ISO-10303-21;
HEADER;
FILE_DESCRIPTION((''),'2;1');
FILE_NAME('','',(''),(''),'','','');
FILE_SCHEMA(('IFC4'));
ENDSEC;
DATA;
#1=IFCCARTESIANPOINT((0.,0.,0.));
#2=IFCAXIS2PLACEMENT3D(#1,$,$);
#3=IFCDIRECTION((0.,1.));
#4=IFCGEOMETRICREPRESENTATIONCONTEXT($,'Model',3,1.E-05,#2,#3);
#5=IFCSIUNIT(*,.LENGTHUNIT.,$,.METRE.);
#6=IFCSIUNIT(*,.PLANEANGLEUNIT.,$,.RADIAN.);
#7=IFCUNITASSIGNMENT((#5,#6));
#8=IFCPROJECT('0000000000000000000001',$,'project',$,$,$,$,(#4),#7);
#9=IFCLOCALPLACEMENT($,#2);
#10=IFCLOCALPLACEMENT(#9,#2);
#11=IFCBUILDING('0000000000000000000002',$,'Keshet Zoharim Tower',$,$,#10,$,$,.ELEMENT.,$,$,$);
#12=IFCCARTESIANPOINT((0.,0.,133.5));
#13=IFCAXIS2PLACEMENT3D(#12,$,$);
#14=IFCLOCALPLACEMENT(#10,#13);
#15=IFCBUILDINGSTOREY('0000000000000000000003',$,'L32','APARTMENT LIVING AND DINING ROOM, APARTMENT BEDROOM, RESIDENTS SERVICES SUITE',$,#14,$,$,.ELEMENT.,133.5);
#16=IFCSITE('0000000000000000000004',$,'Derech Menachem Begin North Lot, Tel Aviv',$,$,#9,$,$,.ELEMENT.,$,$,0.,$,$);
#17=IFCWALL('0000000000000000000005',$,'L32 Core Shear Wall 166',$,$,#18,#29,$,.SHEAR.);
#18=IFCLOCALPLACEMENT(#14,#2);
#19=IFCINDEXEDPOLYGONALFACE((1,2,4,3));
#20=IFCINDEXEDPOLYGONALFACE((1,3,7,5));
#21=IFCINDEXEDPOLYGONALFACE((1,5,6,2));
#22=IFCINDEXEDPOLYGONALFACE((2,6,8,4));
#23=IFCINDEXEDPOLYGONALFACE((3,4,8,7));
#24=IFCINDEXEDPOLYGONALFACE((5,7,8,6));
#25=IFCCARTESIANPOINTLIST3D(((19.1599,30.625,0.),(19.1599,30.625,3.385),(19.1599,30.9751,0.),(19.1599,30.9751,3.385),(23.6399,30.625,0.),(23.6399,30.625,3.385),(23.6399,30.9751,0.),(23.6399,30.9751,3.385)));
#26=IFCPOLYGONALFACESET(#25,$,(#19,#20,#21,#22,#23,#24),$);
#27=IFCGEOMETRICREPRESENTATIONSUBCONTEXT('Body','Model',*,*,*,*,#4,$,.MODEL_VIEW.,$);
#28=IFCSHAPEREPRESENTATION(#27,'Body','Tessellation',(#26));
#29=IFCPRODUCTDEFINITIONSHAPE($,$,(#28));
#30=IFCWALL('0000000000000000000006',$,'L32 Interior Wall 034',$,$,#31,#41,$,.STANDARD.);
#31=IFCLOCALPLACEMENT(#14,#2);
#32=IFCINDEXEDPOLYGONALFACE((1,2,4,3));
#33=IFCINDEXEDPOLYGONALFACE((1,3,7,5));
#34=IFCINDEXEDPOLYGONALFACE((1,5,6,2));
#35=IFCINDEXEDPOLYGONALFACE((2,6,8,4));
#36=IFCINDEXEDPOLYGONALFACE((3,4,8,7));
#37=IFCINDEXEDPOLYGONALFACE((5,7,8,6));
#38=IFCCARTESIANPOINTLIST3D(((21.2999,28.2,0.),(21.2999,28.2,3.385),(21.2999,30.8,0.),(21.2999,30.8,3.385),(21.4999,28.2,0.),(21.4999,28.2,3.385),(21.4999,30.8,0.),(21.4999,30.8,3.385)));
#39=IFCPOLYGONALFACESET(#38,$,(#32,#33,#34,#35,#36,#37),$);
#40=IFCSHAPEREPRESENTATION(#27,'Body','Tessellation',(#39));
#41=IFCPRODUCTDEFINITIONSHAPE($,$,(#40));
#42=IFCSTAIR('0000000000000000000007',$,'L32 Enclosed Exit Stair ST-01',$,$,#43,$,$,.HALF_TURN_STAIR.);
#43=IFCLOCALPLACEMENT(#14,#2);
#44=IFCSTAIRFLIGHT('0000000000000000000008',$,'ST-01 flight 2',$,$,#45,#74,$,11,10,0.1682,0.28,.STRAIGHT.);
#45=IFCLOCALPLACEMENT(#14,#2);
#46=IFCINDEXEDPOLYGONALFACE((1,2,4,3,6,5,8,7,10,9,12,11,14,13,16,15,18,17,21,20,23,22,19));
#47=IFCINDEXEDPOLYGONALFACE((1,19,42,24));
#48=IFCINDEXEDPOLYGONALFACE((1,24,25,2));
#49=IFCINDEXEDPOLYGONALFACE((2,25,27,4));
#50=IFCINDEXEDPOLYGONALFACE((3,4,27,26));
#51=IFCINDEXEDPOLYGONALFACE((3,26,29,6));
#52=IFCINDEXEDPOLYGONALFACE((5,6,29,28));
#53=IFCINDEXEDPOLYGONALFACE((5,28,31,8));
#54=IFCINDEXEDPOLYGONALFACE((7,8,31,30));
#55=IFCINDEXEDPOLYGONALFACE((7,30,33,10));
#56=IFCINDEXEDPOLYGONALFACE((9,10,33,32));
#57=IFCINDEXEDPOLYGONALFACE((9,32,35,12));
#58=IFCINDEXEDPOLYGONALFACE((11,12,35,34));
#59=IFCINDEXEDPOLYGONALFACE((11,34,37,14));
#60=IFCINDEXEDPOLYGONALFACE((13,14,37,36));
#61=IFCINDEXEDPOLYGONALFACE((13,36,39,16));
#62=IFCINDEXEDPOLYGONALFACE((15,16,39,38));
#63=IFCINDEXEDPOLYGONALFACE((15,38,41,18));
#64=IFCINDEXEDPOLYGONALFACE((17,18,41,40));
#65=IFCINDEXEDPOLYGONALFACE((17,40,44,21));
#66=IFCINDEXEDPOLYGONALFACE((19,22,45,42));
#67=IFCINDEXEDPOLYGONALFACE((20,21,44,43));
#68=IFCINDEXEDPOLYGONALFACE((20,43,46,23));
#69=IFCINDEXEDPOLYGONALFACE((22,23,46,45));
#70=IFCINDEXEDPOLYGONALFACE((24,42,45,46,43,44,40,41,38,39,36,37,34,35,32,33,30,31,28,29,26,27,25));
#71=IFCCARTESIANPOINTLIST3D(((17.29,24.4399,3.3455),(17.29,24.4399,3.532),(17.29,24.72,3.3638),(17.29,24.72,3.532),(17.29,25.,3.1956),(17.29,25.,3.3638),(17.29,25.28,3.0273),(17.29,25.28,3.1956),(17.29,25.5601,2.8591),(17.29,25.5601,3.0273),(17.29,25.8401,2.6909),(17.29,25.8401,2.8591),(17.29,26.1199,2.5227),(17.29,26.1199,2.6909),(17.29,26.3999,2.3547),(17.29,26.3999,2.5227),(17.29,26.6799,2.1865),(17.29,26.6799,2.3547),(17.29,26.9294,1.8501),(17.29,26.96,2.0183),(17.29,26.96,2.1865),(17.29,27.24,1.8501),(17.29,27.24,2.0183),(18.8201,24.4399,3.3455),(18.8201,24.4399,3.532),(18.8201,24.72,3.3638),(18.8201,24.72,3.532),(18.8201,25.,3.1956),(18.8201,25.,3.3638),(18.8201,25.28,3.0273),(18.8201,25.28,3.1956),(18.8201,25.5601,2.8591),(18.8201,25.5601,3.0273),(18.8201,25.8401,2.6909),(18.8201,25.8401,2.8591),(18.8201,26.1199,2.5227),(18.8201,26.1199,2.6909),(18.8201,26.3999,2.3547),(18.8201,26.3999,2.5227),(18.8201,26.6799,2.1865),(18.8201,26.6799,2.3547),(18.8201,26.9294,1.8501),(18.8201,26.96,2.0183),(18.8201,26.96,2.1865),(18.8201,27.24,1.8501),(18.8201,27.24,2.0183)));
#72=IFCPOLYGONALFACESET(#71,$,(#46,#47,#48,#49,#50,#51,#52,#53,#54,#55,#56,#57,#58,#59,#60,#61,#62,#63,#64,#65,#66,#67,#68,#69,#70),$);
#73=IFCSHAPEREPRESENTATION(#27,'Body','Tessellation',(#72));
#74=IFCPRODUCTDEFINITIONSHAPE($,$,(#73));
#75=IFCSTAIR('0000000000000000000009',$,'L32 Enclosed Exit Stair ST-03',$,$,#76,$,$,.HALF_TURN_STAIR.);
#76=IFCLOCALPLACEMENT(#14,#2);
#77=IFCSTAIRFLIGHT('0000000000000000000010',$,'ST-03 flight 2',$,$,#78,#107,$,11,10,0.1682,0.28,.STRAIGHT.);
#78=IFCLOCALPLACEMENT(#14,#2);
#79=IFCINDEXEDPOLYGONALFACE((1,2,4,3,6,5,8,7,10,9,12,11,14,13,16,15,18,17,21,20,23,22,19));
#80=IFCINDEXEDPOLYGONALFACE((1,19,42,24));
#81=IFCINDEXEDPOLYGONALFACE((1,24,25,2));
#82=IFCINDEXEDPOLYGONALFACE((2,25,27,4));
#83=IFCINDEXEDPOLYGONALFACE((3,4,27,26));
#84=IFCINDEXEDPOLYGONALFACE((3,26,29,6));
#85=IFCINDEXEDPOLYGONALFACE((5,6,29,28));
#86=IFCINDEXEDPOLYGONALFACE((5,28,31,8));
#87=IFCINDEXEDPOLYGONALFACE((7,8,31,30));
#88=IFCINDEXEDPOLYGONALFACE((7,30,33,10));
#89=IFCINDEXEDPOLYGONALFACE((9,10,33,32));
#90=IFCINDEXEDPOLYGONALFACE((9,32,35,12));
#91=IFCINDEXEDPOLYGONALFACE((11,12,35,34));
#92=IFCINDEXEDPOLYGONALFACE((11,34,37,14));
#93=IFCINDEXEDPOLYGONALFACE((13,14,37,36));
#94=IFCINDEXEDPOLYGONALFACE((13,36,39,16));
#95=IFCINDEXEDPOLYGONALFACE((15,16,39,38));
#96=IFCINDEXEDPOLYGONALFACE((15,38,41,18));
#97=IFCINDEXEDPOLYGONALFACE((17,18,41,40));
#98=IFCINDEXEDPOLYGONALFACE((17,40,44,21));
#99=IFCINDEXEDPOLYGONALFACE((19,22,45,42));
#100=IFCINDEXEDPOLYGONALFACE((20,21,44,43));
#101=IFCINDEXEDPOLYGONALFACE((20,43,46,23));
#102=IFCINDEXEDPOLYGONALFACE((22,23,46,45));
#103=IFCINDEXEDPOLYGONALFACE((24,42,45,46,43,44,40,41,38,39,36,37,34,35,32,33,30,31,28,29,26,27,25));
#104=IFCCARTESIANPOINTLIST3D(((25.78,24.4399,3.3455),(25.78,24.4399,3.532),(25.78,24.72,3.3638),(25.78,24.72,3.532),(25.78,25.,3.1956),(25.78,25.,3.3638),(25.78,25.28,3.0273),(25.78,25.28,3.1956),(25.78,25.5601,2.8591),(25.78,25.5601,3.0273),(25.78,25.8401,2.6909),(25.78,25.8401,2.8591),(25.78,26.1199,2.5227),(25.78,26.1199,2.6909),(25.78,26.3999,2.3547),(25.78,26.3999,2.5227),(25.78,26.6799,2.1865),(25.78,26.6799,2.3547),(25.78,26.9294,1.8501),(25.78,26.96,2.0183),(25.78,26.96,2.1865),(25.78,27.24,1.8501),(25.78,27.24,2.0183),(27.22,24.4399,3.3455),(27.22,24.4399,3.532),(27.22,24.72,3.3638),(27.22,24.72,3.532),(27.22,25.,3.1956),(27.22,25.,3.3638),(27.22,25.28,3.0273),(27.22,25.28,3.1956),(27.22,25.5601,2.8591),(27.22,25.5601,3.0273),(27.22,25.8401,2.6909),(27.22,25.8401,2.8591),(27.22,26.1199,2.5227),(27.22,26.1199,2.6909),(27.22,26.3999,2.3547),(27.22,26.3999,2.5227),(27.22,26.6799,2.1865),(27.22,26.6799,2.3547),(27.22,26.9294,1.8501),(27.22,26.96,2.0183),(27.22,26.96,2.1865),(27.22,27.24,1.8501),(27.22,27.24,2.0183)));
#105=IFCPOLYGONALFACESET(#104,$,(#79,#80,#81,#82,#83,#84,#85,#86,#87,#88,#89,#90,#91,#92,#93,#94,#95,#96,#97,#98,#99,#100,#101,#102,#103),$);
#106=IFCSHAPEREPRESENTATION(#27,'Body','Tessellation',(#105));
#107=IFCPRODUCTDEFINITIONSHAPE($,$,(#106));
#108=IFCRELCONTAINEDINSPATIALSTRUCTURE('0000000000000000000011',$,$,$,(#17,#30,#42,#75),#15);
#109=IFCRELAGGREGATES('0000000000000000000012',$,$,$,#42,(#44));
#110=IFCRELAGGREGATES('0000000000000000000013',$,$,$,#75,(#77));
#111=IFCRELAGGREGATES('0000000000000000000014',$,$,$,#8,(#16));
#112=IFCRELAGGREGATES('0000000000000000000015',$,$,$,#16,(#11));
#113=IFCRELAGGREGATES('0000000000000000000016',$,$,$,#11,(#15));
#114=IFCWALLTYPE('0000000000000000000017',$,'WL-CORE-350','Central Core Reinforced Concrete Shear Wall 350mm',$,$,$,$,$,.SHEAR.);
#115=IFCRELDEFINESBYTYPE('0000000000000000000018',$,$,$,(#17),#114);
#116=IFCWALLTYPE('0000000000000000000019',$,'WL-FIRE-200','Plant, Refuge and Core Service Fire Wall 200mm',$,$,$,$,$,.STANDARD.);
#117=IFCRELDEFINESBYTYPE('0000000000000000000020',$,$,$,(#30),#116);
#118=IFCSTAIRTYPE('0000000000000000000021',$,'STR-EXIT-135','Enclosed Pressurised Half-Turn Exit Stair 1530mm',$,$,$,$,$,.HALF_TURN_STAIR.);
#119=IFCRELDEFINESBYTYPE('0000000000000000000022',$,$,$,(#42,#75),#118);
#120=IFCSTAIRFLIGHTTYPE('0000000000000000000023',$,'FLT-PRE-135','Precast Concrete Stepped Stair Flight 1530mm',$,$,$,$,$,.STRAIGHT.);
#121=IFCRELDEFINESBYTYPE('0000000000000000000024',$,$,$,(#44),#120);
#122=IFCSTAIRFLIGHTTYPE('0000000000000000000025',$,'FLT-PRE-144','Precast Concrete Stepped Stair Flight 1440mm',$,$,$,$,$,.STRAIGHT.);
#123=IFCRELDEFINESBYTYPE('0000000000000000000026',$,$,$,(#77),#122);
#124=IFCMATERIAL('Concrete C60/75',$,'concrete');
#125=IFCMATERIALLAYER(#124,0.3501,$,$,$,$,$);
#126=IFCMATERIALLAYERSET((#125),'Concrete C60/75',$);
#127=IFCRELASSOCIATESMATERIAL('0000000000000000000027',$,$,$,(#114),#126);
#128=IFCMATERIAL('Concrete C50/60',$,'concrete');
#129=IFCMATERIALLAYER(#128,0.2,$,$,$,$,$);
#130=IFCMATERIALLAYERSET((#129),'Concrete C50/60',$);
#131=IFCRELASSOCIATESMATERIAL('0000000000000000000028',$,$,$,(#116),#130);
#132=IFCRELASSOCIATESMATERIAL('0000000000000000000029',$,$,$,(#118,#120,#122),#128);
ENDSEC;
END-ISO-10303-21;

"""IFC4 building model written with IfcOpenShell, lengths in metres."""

from ifc_helpers import new_model, si_unit, direction, frame, frame_2d, origin, place, context, subcontext, project, spatial, polyline, rectangle, outline, extrude, material, layer, layer_set, type_object, element, aggregate, save


model = new_model("IFC4")

# Units and contexts
model_context = context("Model", 3, precision=1e-05, world=origin(), true_north=direction((0.0, 1.0)))
body_context = subcontext(model_context, "Body", "Model", "MODEL_VIEW")
ifc_project = project(units=[si_unit("LENGTHUNIT", "METRE"), si_unit("PLANEANGLEUNIT", "RADIAN")], contexts=[model_context])

# Site, building, storey
site_placement = place(None, origin())
site = spatial("IfcSite", under=ifc_project, at=site_placement, Name="Derech Menachem Begin North Lot, Tel Aviv", CompositionType="ELEMENT", RefElevation=0.0)
building_placement = place(site_placement, origin())
building = spatial("IfcBuilding", under=site, at=building_placement, Name="Keshet Zoharim Tower", CompositionType="ELEMENT")
storey_placement = place(building_placement, frame((0.0, 0.0, 133.5)))
storey = spatial("IfcBuildingStorey", under=building, at=storey_placement, Name="L32", Description="APARTMENT LIVING AND DINING ROOM, APARTMENT BEDROOM, RESIDENTS SERVICES SUITE", CompositionType="ELEMENT", Elevation=133.5)

# Shared definitions
ifc_material_1 = material(Name="Concrete C60/75", Category="concrete")
ifc_layer_1 = layer(ifc_material_1, 0.3501)
ifc_layer_set_1 = layer_set([ifc_layer_1], Name="Concrete C60/75")
wall_type_1 = type_object("IfcWallType", Name="WL-CORE-350", Description="Central Core Reinforced Concrete Shear Wall 350mm", PredefinedType="SHEAR", material=ifc_layer_set_1)

# Walls
wall_1_placement = place(storey_placement, frame((19.1599, 30.8, 0.0), z_axis=(0.0, 0.0, 1.0), x_axis=(1.0, 0.0, 0.0)))
element("IfcWall", 1, at=wall_1_placement, inside=storey, type_object=wall_type_1, Name="L32 Core Shear Wall 166", PredefinedType="SHEAR", context=body_context, shape_type="SweptSolid", body=[
    extrude(rectangle(XDim=4.48, YDim=0.3501, at=frame_2d((2.24, 0.0))), origin(), (0.0, 0.0, 1.0), 3.385),
])
ifc_material_2 = material(Name="Concrete C50/60", Category="concrete")
ifc_layer_2 = layer(ifc_material_2, 0.2)
ifc_layer_set_2 = layer_set([ifc_layer_2], Name="Concrete C50/60")
wall_type_2 = type_object("IfcWallType", Name="WL-FIRE-200", Description="Plant, Refuge and Core Service Fire Wall 200mm", PredefinedType="STANDARD", material=ifc_layer_set_2)
wall_2_placement = place(storey_placement, frame((21.3999, 28.2, 0.0), z_axis=(0.0, 0.0, 1.0), x_axis=(0.0, 1.0, 0.0)))
element("IfcWall", 2, at=wall_2_placement, inside=storey, type_object=wall_type_2, Name="L32 Interior Wall 034", PredefinedType="STANDARD", context=body_context, shape_type="SweptSolid", body=[
    extrude(rectangle(XDim=2.6001, YDim=0.2, at=frame_2d((1.3, 0.0))), origin(), (0.0, 0.0, 1.0), 3.385),
])

# Stairs, stair flights
stair_type = type_object("IfcStairType", Name="STR-EXIT-135", Description="Enclosed Pressurised Half-Turn Exit Stair 1530mm", PredefinedType="HALF_TURN_STAIR", material=ifc_material_2)
stair_1_placement = place(storey_placement, origin())
stair_1 = element("IfcStair", 3, at=stair_1_placement, inside=storey, type_object=stair_type, Name="L32 Enclosed Exit Stair ST-01", PredefinedType="HALF_TURN_STAIR")
stair_flight_type_1 = type_object("IfcStairFlightType", Name="FLT-PRE-135", Description="Precast Concrete Stepped Stair Flight 1530mm", PredefinedType="STRAIGHT", material=ifc_material_2)
stair_flight_1_placement = place(storey_placement, frame((18.0549, 27.24, 1.8501), z_axis=(0.0, 0.0, 1.0), x_axis=(0.0, -1.0, 0.0)))
stair_flight_1 = element("IfcStairFlight", 4, at=stair_flight_1_placement, type_object=stair_flight_type_1, Name="ST-01 flight 2", NumberOfRisers=11, NumberOfTreads=10, PredefinedType="STRAIGHT", RiserHeight=0.1682, TreadLength=0.28, context=body_context, shape_type="SweptSolid", body=[
    extrude(outline(polyline([(0.0, 0.0), (0.0, 0.1682), (0.28, 0.1682), (0.28, 0.3364), (0.5601, 0.3364), (0.5601, 0.5046), (0.8401, 0.5046), (0.8401, 0.6726), (1.1201, 0.6726), (1.1201, 0.8408), (1.3999, 0.8408), (1.3999, 1.009), (1.6799, 1.009), (1.6799, 1.1772), (1.96, 1.1772), (1.96, 1.3455), (2.24, 1.3455), (2.24, 1.5137), (2.52, 1.5137), (2.52, 1.6819), (2.8, 1.6819), (2.8, 1.8501), (2.8, 1.4954), (0.3105, 0.0), (0.0, 0.0)])), frame((0.0, 0.7651, 0.0), z_axis=(0.0, -1.0, 0.0), x_axis=(1.0, 0.0, 0.0)), (0.0, 0.0, 1.0), 1.53),
])
aggregate(stair_1, [stair_flight_1])
stair_2_placement = place(storey_placement, origin())
stair_2 = element("IfcStair", 5, at=stair_2_placement, inside=storey, type_object=stair_type, Name="L32 Enclosed Exit Stair ST-03", PredefinedType="HALF_TURN_STAIR")
stair_flight_type_2 = type_object("IfcStairFlightType", Name="FLT-PRE-144", Description="Precast Concrete Stepped Stair Flight 1440mm", PredefinedType="STRAIGHT", material=ifc_material_2)
stair_flight_2_placement = place(storey_placement, frame((26.5, 27.24, 1.8501), z_axis=(0.0, 0.0, 1.0), x_axis=(0.0, -1.0, 0.0)))
stair_flight_2 = element("IfcStairFlight", 6, at=stair_flight_2_placement, type_object=stair_flight_type_2, Name="ST-03 flight 2", NumberOfRisers=11, NumberOfTreads=10, PredefinedType="STRAIGHT", RiserHeight=0.1682, TreadLength=0.28, context=body_context, shape_type="SweptSolid", body=[
    extrude(outline(polyline([(0.0, 0.0), (0.0, 0.1682), (0.28, 0.1682), (0.28, 0.3364), (0.5601, 0.3364), (0.5601, 0.5046), (0.8401, 0.5046), (0.8401, 0.6726), (1.1201, 0.6726), (1.1201, 0.8408), (1.3999, 0.8408), (1.3999, 1.009), (1.6799, 1.009), (1.6799, 1.1772), (1.96, 1.1772), (1.96, 1.3455), (2.24, 1.3455), (2.24, 1.5137), (2.52, 1.5137), (2.52, 1.6819), (2.8, 1.6819), (2.8, 1.8501), (2.8, 1.4954), (0.3105, 0.0), (0.0, 0.0)])), frame((0.0, 0.72, 0.0), z_axis=(0.0, -1.0, 0.0), x_axis=(1.0, 0.0, 0.0)), (0.0, 0.0, 1.0), 1.4399),
])
aggregate(stair_2, [stair_flight_2])

save(model, "model.ifc")
